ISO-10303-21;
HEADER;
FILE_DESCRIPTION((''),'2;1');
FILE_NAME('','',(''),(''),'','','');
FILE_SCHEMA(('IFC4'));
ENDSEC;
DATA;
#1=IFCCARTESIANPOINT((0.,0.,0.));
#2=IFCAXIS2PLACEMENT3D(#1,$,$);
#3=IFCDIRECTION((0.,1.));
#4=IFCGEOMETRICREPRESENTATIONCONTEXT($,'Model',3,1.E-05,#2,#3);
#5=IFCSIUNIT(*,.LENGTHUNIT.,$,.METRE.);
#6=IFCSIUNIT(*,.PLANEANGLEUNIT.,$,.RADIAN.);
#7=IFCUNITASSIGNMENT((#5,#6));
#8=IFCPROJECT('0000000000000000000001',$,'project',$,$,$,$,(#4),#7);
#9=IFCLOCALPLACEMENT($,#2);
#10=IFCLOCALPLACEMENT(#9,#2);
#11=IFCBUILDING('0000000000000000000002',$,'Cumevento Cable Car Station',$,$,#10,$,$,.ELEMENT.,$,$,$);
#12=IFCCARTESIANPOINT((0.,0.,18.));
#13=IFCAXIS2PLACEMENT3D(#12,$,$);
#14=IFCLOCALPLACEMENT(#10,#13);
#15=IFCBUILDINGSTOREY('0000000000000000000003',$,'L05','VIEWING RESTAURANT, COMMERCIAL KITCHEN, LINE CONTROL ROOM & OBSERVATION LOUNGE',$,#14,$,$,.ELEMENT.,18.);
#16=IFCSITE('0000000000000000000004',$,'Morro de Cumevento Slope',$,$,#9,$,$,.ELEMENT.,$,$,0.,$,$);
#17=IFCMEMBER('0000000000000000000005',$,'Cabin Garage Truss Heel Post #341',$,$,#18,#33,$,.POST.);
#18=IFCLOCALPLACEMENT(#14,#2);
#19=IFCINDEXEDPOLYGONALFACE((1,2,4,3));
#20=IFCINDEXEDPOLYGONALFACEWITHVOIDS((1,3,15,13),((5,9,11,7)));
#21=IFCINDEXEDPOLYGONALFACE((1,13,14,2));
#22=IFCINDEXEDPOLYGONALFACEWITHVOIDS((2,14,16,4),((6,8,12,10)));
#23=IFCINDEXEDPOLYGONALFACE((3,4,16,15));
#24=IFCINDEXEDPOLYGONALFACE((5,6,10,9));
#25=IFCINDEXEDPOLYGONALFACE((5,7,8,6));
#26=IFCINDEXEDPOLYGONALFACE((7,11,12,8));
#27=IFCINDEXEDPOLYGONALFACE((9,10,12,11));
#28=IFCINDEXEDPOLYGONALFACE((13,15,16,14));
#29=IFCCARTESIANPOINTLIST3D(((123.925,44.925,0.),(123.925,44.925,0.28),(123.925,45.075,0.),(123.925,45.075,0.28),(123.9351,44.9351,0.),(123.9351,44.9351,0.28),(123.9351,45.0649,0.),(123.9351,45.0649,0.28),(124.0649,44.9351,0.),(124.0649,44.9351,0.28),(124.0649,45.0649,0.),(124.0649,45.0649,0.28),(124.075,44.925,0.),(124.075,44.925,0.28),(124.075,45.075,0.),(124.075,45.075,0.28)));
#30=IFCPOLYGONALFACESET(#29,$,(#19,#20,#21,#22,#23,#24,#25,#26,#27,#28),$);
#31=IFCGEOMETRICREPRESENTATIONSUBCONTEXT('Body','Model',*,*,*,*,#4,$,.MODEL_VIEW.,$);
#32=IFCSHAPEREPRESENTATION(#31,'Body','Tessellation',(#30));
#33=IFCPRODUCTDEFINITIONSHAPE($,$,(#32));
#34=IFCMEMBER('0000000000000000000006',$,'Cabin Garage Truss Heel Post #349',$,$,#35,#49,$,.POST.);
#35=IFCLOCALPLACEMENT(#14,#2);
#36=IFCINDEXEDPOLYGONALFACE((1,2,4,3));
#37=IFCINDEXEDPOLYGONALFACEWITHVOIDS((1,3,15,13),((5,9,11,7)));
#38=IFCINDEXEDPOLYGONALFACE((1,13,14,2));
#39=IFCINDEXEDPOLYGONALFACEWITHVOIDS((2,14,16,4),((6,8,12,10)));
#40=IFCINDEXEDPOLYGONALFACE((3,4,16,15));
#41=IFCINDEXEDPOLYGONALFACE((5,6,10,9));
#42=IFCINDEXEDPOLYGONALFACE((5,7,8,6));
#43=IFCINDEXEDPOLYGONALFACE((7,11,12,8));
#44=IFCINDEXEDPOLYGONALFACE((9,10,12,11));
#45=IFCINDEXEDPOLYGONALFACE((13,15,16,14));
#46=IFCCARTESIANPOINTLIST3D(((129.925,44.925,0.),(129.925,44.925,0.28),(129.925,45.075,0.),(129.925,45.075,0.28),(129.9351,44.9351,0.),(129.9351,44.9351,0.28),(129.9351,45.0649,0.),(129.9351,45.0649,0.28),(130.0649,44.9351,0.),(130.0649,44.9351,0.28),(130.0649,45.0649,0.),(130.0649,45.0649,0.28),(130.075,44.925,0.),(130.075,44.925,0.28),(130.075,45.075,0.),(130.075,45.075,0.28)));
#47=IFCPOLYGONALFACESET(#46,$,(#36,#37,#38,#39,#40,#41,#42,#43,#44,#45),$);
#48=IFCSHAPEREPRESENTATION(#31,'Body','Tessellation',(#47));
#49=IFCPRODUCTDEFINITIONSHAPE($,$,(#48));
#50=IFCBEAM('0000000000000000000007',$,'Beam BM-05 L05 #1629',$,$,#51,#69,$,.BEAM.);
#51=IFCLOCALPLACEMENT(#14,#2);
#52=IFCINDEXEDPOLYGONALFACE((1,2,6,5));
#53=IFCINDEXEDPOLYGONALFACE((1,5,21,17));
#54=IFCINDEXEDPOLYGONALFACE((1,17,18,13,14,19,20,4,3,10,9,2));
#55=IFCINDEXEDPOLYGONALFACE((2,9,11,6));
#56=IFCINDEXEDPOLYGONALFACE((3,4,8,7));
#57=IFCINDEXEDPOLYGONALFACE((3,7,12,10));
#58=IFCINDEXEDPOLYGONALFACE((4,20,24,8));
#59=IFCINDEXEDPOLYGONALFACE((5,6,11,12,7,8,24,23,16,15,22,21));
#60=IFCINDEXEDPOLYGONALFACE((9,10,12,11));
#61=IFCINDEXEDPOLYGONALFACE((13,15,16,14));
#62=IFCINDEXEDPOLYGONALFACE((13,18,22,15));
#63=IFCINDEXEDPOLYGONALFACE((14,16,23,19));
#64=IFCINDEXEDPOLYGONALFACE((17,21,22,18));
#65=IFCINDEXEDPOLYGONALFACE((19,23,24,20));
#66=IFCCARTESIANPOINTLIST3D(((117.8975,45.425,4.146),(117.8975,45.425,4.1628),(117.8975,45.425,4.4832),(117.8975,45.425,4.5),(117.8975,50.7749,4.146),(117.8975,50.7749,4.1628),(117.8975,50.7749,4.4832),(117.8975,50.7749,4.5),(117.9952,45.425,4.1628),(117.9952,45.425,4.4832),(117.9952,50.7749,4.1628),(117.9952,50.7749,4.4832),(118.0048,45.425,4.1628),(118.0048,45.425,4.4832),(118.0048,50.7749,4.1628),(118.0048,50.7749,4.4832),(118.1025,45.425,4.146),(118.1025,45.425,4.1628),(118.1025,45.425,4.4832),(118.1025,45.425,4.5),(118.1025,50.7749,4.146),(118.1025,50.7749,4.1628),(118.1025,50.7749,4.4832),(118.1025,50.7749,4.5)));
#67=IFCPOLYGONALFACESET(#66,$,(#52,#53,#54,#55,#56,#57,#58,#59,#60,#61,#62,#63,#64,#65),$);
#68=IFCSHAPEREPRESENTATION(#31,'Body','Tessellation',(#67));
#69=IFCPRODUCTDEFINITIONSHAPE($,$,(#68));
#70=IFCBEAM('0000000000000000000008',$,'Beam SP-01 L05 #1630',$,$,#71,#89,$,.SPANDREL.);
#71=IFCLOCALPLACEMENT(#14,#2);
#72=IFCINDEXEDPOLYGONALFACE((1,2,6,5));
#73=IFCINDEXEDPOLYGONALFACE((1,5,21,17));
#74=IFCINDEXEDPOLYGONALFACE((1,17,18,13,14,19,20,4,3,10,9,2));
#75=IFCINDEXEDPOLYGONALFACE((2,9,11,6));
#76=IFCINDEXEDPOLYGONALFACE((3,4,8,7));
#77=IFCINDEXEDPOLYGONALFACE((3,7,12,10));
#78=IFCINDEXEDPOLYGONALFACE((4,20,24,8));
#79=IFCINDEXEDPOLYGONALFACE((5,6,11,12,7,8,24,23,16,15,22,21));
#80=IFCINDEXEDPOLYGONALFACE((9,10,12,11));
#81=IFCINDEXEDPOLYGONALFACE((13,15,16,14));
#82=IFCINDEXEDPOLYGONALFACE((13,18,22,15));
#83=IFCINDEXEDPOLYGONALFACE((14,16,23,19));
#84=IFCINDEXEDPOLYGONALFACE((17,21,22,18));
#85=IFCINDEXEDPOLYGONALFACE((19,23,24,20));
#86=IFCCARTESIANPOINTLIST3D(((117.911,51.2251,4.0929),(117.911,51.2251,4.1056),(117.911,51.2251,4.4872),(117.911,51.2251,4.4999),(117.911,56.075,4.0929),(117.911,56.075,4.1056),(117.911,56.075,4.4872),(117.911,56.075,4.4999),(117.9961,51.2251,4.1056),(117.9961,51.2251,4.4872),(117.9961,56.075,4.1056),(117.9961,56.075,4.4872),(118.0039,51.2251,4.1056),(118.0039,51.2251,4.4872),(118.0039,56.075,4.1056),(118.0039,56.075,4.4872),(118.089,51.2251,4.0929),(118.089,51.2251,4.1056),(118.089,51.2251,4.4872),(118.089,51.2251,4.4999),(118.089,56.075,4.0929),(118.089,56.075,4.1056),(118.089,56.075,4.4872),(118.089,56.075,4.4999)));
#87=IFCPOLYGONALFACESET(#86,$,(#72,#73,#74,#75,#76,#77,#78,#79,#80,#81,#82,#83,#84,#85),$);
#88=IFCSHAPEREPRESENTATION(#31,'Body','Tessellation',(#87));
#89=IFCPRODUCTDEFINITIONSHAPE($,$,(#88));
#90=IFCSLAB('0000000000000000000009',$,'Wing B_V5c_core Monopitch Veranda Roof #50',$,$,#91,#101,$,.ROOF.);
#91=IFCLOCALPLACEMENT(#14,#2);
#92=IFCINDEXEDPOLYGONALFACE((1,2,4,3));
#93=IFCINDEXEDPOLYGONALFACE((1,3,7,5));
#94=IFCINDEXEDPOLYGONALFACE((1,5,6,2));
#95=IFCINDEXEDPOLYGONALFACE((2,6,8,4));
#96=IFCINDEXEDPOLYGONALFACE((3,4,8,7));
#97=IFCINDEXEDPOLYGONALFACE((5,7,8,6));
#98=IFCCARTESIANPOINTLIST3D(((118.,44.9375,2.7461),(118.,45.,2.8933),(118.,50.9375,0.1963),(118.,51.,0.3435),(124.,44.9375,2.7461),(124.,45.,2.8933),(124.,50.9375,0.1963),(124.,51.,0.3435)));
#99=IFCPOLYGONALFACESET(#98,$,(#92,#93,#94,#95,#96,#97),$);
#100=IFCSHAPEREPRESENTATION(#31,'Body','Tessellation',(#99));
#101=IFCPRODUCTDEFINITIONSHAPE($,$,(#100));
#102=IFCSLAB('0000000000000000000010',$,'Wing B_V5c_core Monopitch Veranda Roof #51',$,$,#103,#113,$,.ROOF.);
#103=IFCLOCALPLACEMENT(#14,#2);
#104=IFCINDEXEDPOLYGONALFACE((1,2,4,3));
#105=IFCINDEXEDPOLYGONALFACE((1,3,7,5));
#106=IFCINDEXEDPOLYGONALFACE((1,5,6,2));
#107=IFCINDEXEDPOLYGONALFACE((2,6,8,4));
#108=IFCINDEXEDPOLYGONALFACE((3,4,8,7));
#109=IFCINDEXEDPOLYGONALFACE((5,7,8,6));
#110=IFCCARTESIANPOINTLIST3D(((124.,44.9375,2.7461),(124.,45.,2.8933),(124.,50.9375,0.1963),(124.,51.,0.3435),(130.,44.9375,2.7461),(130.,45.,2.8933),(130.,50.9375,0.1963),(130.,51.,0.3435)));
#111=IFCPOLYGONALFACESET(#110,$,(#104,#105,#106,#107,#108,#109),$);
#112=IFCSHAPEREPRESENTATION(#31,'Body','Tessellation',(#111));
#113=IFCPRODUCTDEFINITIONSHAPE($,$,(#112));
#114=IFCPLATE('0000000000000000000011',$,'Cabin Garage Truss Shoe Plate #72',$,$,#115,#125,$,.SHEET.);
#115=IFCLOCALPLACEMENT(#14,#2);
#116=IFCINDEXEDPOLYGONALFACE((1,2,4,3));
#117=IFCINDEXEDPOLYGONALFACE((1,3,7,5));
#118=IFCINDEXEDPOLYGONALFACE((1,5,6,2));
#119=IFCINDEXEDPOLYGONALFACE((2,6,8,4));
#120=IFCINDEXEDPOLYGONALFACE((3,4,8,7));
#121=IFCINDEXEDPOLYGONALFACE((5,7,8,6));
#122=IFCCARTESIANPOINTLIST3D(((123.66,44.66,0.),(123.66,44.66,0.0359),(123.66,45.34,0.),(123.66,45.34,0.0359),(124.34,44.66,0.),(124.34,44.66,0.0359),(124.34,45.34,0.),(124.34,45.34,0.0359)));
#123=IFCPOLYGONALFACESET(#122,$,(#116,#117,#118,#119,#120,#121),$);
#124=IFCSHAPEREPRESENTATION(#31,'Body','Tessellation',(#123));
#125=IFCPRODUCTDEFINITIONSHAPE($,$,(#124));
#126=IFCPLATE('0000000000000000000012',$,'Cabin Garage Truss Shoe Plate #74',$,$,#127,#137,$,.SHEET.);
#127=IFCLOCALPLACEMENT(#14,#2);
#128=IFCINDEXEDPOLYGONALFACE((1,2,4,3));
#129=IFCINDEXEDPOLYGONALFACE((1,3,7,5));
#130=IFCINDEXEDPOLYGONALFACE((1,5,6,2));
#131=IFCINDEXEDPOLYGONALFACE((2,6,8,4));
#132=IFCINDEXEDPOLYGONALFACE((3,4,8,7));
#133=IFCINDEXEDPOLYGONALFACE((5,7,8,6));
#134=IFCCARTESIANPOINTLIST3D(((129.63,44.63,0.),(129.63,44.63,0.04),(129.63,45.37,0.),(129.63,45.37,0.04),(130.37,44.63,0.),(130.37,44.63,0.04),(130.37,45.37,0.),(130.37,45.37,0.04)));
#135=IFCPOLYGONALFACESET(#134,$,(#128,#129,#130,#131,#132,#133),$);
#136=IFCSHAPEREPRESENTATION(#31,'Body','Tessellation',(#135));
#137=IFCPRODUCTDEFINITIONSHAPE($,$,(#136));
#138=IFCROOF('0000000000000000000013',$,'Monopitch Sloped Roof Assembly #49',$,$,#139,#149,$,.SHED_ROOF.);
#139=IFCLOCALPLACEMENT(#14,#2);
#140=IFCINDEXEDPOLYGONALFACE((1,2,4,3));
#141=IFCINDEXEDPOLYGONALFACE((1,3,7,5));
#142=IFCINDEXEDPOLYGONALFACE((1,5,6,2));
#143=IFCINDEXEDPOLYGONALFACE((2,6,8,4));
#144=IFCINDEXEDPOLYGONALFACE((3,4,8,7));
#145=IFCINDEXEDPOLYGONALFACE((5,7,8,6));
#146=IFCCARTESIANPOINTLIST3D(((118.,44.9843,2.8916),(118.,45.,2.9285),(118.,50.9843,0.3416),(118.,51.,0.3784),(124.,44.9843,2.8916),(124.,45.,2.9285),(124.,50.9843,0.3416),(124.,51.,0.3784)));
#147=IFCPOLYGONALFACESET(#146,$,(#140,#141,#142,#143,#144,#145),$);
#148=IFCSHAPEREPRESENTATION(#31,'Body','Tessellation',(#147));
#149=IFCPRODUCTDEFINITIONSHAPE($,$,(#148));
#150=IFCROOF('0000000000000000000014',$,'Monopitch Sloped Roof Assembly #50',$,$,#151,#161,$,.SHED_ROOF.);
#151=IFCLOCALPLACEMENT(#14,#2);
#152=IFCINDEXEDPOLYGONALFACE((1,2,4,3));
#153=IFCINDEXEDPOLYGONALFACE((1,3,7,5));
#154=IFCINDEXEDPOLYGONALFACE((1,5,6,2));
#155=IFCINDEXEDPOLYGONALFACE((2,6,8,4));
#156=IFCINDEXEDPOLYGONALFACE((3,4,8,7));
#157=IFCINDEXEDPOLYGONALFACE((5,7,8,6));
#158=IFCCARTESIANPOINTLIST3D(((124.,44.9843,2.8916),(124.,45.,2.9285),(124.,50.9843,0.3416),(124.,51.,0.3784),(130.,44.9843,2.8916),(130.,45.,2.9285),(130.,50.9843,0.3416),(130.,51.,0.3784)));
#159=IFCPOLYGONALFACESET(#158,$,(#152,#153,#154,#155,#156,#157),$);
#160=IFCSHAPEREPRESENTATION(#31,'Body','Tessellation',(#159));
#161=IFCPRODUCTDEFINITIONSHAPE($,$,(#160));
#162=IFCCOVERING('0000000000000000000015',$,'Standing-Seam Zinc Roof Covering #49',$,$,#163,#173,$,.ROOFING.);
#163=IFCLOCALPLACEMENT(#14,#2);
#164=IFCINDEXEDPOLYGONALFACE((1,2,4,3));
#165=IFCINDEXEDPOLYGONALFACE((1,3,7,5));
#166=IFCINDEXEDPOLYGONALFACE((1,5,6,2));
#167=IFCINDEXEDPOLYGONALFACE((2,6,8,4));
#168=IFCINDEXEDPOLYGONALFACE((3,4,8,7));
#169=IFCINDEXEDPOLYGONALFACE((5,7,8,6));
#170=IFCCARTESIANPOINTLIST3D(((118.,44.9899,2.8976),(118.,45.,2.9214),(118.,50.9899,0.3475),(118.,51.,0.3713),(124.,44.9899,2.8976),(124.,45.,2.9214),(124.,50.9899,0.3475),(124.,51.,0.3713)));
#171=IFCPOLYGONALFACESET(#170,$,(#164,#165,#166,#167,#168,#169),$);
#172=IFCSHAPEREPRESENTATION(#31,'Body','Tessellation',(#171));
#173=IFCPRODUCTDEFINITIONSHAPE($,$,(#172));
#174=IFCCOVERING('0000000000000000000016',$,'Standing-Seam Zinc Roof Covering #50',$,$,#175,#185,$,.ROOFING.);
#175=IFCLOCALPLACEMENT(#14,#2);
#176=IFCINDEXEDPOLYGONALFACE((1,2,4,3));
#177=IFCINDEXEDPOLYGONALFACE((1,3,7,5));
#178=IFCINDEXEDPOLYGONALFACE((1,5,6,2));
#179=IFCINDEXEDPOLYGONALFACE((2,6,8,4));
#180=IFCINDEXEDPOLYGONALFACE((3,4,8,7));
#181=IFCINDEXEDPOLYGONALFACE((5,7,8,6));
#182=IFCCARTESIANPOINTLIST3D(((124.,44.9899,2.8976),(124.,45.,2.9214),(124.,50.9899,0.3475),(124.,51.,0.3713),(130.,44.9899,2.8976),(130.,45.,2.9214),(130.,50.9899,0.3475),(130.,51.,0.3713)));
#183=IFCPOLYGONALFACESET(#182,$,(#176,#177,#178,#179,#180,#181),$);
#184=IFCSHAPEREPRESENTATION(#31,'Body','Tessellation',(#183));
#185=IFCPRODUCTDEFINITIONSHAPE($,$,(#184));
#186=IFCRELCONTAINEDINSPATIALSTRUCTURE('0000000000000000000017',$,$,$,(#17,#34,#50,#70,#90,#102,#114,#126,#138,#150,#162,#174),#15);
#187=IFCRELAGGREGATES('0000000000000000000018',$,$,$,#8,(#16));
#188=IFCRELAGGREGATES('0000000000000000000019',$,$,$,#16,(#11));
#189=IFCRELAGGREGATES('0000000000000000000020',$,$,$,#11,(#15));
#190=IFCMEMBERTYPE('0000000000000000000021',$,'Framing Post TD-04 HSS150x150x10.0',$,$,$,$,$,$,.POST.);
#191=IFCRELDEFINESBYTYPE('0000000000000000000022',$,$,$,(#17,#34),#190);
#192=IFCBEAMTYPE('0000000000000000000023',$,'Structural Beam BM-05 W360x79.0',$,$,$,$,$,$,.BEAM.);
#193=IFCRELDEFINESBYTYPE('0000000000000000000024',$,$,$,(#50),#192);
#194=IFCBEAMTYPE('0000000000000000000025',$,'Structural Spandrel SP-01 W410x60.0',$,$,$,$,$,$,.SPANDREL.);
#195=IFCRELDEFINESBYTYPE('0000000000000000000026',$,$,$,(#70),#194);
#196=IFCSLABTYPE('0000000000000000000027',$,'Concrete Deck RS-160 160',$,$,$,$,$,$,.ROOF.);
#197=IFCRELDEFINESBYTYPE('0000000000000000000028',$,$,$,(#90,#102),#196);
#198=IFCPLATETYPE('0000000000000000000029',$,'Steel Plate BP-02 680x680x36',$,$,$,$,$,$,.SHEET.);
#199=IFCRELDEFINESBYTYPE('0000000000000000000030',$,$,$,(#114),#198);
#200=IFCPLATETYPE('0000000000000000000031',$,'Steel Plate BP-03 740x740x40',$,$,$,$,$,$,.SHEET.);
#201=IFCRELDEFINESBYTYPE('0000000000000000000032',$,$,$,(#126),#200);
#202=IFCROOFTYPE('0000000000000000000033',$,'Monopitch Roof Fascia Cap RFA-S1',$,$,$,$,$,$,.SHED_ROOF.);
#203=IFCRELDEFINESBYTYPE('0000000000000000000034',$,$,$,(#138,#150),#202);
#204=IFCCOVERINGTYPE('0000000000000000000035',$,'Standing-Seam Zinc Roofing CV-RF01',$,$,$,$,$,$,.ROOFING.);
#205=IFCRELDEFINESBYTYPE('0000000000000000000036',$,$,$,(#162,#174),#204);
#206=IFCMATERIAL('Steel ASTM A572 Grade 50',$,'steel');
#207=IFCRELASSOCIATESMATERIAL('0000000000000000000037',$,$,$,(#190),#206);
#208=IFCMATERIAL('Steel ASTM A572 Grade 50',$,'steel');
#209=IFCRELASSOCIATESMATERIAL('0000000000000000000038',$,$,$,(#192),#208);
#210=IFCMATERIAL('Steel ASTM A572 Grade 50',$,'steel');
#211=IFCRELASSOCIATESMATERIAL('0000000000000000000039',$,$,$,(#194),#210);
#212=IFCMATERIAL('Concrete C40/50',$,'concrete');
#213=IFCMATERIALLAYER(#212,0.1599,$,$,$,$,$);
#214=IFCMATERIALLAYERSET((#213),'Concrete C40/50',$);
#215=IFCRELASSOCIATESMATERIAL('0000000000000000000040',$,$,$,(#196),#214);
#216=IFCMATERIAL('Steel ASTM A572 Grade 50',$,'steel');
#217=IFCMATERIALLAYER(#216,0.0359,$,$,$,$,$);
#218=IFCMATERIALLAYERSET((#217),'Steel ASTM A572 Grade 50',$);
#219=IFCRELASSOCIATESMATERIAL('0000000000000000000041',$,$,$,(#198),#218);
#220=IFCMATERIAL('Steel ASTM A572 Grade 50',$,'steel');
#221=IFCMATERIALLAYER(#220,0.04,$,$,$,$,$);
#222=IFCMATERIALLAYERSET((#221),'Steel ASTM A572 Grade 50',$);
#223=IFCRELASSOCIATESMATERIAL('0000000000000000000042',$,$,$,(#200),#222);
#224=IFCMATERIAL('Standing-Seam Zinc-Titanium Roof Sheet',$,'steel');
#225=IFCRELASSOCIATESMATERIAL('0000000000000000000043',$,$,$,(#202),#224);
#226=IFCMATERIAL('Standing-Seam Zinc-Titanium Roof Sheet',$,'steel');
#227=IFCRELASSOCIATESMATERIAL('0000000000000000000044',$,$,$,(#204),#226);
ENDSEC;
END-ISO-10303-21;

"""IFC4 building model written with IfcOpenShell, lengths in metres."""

from ifc_helpers import new_model, si_unit, direction, frame, origin, origin_2d, place, context, subcontext, project, spatial, polyline, rectangle, hollow_rectangle, i_section, outline, extrude, material, layer, layer_set, material_profile, profile_set, type_object, element, save


model = new_model("IFC4")

# Units and contexts
model_context = context("Model", 3, precision=1e-05, world=origin(), true_north=direction((0.0, 1.0)))
body_context = subcontext(model_context, "Body", "Model", "MODEL_VIEW")
ifc_project = project(units=[si_unit("LENGTHUNIT", "METRE"), si_unit("PLANEANGLEUNIT", "RADIAN")], contexts=[model_context])

# Site, building, storey
site_placement = place(None, origin())
site = spatial("IfcSite", under=ifc_project, at=site_placement, Name="Morro de Cumevento Slope", CompositionType="ELEMENT", RefElevation=0.0)
building_placement = place(site_placement, origin())
building = spatial("IfcBuilding", under=site, at=building_placement, Name="Cumevento Cable Car Station", CompositionType="ELEMENT")
storey_placement = place(building_placement, frame((0.0, 0.0, 18.0)))
storey = spatial("IfcBuildingStorey", under=building, at=storey_placement, Name="L05", Description="VIEWING RESTAURANT, COMMERCIAL KITCHEN, LINE CONTROL ROOM & OBSERVATION LOUNGE", CompositionType="ELEMENT", Elevation=18.0)

# Members
ifc_material_1 = material(Name="Steel ASTM A572 Grade 50", Category="steel")
ifc_material_profile_1 = material_profile(ifc_material_1, hollow_rectangle(XDim=0.1499, YDim=0.1499, WallThickness=0.01, at=origin_2d()), Name="HSS150x150x10.0")
ifc_profile_set_1 = profile_set([ifc_material_profile_1], Name="Steel ASTM A572 Grade 50")
member_type_1 = type_object("IfcMemberType", Name="Framing Post TD-04 HSS150x150x10.0", PredefinedType="POST", material=ifc_profile_set_1)
for number, where, z_axis, x_axis, name in (
    (1, (124.0, 45.0, 0.0), (0.0, 0.0, 1.0), (1.0, 0.0, 0.0), "Cabin Garage Truss Heel Post #341"),
    (2, (130.0, 45.0, 0.0), (0.0, 0.0, 1.0), (1.0, 0.0, 0.0), "Cabin Garage Truss Heel Post #349"),
):
    element("IfcMember", number, at=place(storey_placement, frame(where, z_axis=z_axis, x_axis=x_axis)), inside=storey, type_object=member_type_1, Name=name, PredefinedType="POST", context=body_context, shape_type="SweptSolid", body=[
        extrude(hollow_rectangle(XDim=0.1499, YDim=0.1499, WallThickness=0.01, at=origin_2d()), origin(), (0.0, 0.0, 1.0), 0.28),
    ])

# Beams
ifc_material_2 = material(Name="Steel ASTM A572 Grade 50", Category="steel")
ifc_material_profile_2 = material_profile(ifc_material_2, i_section(OverallWidth=0.2051, OverallDepth=0.354, WebThickness=0.0095, FlangeThickness=0.0168, at=origin_2d()), Name="W360x79.0")
ifc_profile_set_2 = profile_set([ifc_material_profile_2], Name="Steel ASTM A572 Grade 50")
beam_type_1 = type_object("IfcBeamType", Name="Structural Beam BM-05 W360x79.0", PredefinedType="BEAM", material=ifc_profile_set_2)
beam_1_placement = place(storey_placement, frame((118.0, 45.425, 4.323), z_axis=(0.0, 1.0, 0.0), x_axis=(-1.0, 0.0, 0.0)))
element("IfcBeam", 3, at=beam_1_placement, inside=storey, type_object=beam_type_1, Name="Beam BM-05 L05 #1629", PredefinedType="BEAM", context=body_context, shape_type="SweptSolid", body=[
    extrude(i_section(OverallWidth=0.2051, OverallDepth=0.354, WebThickness=0.0095, FlangeThickness=0.0168, at=origin_2d()), origin(), (0.0, 0.0, 1.0), 5.3499),
])
ifc_material_3 = material(Name="Steel ASTM A572 Grade 50", Category="steel")
ifc_material_profile_3 = material_profile(ifc_material_3, i_section(OverallWidth=0.178, OverallDepth=0.407, WebThickness=0.0078, FlangeThickness=0.0127, at=origin_2d()), Name="W410x60.0")
ifc_profile_set_3 = profile_set([ifc_material_profile_3], Name="Steel ASTM A572 Grade 50")
beam_type_2 = type_object("IfcBeamType", Name="Structural Spandrel SP-01 W410x60.0", PredefinedType="SPANDREL", material=ifc_profile_set_3)
beam_2_placement = place(storey_placement, frame((118.0, 51.2251, 4.2964), z_axis=(0.0, 1.0, 0.0), x_axis=(-1.0, 0.0, 0.0)))
element("IfcBeam", 4, at=beam_2_placement, inside=storey, type_object=beam_type_2, Name="Beam SP-01 L05 #1630", PredefinedType="SPANDREL", context=body_context, shape_type="SweptSolid", body=[
    extrude(i_section(OverallWidth=0.178, OverallDepth=0.407, WebThickness=0.0078, FlangeThickness=0.0127, at=origin_2d()), origin(), (0.0, 0.0, 1.0), 4.8499),
])

# Slabs
ifc_material_4 = material(Name="Concrete C40/50", Category="concrete")
ifc_layer_1 = layer(ifc_material_4, 0.1599)
ifc_layer_set_1 = layer_set([ifc_layer_1], Name="Concrete C40/50")
slab_type = type_object("IfcSlabType", Name="Concrete Deck RS-160 160", PredefinedType="ROOF", material=ifc_layer_set_1)
for number, where, z_axis, x_axis, name in (
    (5, (118.0, 45.0, 2.8933), (0.0, 0.391115, 0.920342), (1.0, 0.0, 0.0), "Wing B_V5c_core Monopitch Veranda Roof #50"),
    (6, (124.0, 45.0, 2.8933), (0.0, 0.391115, 0.920342), (1.0, 0.0, 0.0), "Wing B_V5c_core Monopitch Veranda Roof #51"),
):
    element("IfcSlab", number, at=place(storey_placement, frame(where, z_axis=z_axis, x_axis=x_axis)), inside=storey, type_object=slab_type, Name=name, PredefinedType="ROOF", context=body_context, shape_type="SweptSolid", body=[
        extrude(outline(polyline([(0.0, 0.0), (6.0, 0.0), (6.0, 6.5193), (0.0, 6.5193), (0.0, 0.0)])), origin(), (0.0, 0.0, -1.0), 0.1599),
    ])

# Plates
ifc_material_5 = material(Name="Steel ASTM A572 Grade 50", Category="steel")
ifc_layer_2 = layer(ifc_material_5, 0.0359)
ifc_layer_set_2 = layer_set([ifc_layer_2], Name="Steel ASTM A572 Grade 50")
plate_type_1 = type_object("IfcPlateType", Name="Steel Plate BP-02 680x680x36", PredefinedType="SHEET", material=ifc_layer_set_2)
plate_1_placement = place(storey_placement, frame((124.0, 45.0, 0.0), z_axis=(0.0, 0.0, 1.0), x_axis=(1.0, 0.0, 0.0)))
element("IfcPlate", 7, at=plate_1_placement, inside=storey, type_object=plate_type_1, Name="Cabin Garage Truss Shoe Plate #72", PredefinedType="SHEET", context=body_context, shape_type="SweptSolid", body=[
    extrude(rectangle(XDim=0.6799, YDim=0.6799, at=origin_2d()), origin(), (0.0, 0.0, 1.0), 0.0359),
])
ifc_material_6 = material(Name="Steel ASTM A572 Grade 50", Category="steel")
ifc_layer_3 = layer(ifc_material_6, 0.04)
ifc_layer_set_3 = layer_set([ifc_layer_3], Name="Steel ASTM A572 Grade 50")
plate_type_2 = type_object("IfcPlateType", Name="Steel Plate BP-03 740x740x40", PredefinedType="SHEET", material=ifc_layer_set_3)
plate_2_placement = place(storey_placement, frame((130.0, 45.0, 0.0), z_axis=(0.0, 0.0, 1.0), x_axis=(1.0, 0.0, 0.0)))
element("IfcPlate", 8, at=plate_2_placement, inside=storey, type_object=plate_type_2, Name="Cabin Garage Truss Shoe Plate #74", PredefinedType="SHEET", context=body_context, shape_type="SweptSolid", body=[
    extrude(rectangle(XDim=0.74, YDim=0.74, at=origin_2d()), origin(), (0.0, 0.0, 1.0), 0.04),
])

# Roofs
ifc_material_7 = material(Name="Standing-Seam Zinc-Titanium Roof Sheet", Category="steel")
roof_type = type_object("IfcRoofType", Name="Monopitch Roof Fascia Cap RFA-S1", PredefinedType="SHED_ROOF", material=ifc_material_7)
for number, where, z_axis, x_axis, name in (
    (9, (118.0, 45.0, 2.9285), (0.0, 0.391147, 0.920328), (1.0, 0.0, 0.0), "Monopitch Sloped Roof Assembly #49"),
    (10, (124.0, 45.0, 2.9285), (0.0, 0.391147, 0.920328), (1.0, 0.0, 0.0), "Monopitch Sloped Roof Assembly #50"),
):
    element("IfcRoof", number, at=place(storey_placement, frame(where, z_axis=z_axis, x_axis=x_axis)), inside=storey, type_object=roof_type, Name=name, PredefinedType="SHED_ROOF", context=body_context, shape_type="SweptSolid", body=[
        extrude(outline(polyline([(0.0, 0.0), (6.0, 0.0), (6.0, 6.5194), (0.0, 6.5194), (0.0, 0.0)])), origin(), (0.0, 0.0, -1.0), 0.04),
    ])

# Coverings
ifc_material_8 = material(Name="Standing-Seam Zinc-Titanium Roof Sheet", Category="steel")
covering_type_1 = type_object("IfcCoveringType", Name="Standing-Seam Zinc Roofing CV-RF01", PredefinedType="ROOFING", material=ifc_material_8)
for number, where, z_axis, x_axis, name in (
    (11, (118.0, 45.0, 2.9214), (0.0, 0.391147, 0.920328), (1.0, 0.0, 0.0), "Standing-Seam Zinc Roof Covering #49"),
    (12, (124.0, 45.0, 2.9214), (0.0, 0.391147, 0.920328), (1.0, 0.0, 0.0), "Standing-Seam Zinc Roof Covering #50"),
):
    element("IfcCovering", number, at=place(storey_placement, frame(where, z_axis=z_axis, x_axis=x_axis)), inside=storey, type_object=covering_type_1, Name=name, PredefinedType="ROOFING", context=body_context, shape_type="SweptSolid", body=[
        extrude(outline(polyline([(0.0, 0.0), (6.0, 0.0), (6.0, 6.5194), (0.0, 6.5194), (0.0, 0.0)])), origin(), (0.0, 0.0, -1.0), 0.0259),
    ])

save(model, "model.ifc")
